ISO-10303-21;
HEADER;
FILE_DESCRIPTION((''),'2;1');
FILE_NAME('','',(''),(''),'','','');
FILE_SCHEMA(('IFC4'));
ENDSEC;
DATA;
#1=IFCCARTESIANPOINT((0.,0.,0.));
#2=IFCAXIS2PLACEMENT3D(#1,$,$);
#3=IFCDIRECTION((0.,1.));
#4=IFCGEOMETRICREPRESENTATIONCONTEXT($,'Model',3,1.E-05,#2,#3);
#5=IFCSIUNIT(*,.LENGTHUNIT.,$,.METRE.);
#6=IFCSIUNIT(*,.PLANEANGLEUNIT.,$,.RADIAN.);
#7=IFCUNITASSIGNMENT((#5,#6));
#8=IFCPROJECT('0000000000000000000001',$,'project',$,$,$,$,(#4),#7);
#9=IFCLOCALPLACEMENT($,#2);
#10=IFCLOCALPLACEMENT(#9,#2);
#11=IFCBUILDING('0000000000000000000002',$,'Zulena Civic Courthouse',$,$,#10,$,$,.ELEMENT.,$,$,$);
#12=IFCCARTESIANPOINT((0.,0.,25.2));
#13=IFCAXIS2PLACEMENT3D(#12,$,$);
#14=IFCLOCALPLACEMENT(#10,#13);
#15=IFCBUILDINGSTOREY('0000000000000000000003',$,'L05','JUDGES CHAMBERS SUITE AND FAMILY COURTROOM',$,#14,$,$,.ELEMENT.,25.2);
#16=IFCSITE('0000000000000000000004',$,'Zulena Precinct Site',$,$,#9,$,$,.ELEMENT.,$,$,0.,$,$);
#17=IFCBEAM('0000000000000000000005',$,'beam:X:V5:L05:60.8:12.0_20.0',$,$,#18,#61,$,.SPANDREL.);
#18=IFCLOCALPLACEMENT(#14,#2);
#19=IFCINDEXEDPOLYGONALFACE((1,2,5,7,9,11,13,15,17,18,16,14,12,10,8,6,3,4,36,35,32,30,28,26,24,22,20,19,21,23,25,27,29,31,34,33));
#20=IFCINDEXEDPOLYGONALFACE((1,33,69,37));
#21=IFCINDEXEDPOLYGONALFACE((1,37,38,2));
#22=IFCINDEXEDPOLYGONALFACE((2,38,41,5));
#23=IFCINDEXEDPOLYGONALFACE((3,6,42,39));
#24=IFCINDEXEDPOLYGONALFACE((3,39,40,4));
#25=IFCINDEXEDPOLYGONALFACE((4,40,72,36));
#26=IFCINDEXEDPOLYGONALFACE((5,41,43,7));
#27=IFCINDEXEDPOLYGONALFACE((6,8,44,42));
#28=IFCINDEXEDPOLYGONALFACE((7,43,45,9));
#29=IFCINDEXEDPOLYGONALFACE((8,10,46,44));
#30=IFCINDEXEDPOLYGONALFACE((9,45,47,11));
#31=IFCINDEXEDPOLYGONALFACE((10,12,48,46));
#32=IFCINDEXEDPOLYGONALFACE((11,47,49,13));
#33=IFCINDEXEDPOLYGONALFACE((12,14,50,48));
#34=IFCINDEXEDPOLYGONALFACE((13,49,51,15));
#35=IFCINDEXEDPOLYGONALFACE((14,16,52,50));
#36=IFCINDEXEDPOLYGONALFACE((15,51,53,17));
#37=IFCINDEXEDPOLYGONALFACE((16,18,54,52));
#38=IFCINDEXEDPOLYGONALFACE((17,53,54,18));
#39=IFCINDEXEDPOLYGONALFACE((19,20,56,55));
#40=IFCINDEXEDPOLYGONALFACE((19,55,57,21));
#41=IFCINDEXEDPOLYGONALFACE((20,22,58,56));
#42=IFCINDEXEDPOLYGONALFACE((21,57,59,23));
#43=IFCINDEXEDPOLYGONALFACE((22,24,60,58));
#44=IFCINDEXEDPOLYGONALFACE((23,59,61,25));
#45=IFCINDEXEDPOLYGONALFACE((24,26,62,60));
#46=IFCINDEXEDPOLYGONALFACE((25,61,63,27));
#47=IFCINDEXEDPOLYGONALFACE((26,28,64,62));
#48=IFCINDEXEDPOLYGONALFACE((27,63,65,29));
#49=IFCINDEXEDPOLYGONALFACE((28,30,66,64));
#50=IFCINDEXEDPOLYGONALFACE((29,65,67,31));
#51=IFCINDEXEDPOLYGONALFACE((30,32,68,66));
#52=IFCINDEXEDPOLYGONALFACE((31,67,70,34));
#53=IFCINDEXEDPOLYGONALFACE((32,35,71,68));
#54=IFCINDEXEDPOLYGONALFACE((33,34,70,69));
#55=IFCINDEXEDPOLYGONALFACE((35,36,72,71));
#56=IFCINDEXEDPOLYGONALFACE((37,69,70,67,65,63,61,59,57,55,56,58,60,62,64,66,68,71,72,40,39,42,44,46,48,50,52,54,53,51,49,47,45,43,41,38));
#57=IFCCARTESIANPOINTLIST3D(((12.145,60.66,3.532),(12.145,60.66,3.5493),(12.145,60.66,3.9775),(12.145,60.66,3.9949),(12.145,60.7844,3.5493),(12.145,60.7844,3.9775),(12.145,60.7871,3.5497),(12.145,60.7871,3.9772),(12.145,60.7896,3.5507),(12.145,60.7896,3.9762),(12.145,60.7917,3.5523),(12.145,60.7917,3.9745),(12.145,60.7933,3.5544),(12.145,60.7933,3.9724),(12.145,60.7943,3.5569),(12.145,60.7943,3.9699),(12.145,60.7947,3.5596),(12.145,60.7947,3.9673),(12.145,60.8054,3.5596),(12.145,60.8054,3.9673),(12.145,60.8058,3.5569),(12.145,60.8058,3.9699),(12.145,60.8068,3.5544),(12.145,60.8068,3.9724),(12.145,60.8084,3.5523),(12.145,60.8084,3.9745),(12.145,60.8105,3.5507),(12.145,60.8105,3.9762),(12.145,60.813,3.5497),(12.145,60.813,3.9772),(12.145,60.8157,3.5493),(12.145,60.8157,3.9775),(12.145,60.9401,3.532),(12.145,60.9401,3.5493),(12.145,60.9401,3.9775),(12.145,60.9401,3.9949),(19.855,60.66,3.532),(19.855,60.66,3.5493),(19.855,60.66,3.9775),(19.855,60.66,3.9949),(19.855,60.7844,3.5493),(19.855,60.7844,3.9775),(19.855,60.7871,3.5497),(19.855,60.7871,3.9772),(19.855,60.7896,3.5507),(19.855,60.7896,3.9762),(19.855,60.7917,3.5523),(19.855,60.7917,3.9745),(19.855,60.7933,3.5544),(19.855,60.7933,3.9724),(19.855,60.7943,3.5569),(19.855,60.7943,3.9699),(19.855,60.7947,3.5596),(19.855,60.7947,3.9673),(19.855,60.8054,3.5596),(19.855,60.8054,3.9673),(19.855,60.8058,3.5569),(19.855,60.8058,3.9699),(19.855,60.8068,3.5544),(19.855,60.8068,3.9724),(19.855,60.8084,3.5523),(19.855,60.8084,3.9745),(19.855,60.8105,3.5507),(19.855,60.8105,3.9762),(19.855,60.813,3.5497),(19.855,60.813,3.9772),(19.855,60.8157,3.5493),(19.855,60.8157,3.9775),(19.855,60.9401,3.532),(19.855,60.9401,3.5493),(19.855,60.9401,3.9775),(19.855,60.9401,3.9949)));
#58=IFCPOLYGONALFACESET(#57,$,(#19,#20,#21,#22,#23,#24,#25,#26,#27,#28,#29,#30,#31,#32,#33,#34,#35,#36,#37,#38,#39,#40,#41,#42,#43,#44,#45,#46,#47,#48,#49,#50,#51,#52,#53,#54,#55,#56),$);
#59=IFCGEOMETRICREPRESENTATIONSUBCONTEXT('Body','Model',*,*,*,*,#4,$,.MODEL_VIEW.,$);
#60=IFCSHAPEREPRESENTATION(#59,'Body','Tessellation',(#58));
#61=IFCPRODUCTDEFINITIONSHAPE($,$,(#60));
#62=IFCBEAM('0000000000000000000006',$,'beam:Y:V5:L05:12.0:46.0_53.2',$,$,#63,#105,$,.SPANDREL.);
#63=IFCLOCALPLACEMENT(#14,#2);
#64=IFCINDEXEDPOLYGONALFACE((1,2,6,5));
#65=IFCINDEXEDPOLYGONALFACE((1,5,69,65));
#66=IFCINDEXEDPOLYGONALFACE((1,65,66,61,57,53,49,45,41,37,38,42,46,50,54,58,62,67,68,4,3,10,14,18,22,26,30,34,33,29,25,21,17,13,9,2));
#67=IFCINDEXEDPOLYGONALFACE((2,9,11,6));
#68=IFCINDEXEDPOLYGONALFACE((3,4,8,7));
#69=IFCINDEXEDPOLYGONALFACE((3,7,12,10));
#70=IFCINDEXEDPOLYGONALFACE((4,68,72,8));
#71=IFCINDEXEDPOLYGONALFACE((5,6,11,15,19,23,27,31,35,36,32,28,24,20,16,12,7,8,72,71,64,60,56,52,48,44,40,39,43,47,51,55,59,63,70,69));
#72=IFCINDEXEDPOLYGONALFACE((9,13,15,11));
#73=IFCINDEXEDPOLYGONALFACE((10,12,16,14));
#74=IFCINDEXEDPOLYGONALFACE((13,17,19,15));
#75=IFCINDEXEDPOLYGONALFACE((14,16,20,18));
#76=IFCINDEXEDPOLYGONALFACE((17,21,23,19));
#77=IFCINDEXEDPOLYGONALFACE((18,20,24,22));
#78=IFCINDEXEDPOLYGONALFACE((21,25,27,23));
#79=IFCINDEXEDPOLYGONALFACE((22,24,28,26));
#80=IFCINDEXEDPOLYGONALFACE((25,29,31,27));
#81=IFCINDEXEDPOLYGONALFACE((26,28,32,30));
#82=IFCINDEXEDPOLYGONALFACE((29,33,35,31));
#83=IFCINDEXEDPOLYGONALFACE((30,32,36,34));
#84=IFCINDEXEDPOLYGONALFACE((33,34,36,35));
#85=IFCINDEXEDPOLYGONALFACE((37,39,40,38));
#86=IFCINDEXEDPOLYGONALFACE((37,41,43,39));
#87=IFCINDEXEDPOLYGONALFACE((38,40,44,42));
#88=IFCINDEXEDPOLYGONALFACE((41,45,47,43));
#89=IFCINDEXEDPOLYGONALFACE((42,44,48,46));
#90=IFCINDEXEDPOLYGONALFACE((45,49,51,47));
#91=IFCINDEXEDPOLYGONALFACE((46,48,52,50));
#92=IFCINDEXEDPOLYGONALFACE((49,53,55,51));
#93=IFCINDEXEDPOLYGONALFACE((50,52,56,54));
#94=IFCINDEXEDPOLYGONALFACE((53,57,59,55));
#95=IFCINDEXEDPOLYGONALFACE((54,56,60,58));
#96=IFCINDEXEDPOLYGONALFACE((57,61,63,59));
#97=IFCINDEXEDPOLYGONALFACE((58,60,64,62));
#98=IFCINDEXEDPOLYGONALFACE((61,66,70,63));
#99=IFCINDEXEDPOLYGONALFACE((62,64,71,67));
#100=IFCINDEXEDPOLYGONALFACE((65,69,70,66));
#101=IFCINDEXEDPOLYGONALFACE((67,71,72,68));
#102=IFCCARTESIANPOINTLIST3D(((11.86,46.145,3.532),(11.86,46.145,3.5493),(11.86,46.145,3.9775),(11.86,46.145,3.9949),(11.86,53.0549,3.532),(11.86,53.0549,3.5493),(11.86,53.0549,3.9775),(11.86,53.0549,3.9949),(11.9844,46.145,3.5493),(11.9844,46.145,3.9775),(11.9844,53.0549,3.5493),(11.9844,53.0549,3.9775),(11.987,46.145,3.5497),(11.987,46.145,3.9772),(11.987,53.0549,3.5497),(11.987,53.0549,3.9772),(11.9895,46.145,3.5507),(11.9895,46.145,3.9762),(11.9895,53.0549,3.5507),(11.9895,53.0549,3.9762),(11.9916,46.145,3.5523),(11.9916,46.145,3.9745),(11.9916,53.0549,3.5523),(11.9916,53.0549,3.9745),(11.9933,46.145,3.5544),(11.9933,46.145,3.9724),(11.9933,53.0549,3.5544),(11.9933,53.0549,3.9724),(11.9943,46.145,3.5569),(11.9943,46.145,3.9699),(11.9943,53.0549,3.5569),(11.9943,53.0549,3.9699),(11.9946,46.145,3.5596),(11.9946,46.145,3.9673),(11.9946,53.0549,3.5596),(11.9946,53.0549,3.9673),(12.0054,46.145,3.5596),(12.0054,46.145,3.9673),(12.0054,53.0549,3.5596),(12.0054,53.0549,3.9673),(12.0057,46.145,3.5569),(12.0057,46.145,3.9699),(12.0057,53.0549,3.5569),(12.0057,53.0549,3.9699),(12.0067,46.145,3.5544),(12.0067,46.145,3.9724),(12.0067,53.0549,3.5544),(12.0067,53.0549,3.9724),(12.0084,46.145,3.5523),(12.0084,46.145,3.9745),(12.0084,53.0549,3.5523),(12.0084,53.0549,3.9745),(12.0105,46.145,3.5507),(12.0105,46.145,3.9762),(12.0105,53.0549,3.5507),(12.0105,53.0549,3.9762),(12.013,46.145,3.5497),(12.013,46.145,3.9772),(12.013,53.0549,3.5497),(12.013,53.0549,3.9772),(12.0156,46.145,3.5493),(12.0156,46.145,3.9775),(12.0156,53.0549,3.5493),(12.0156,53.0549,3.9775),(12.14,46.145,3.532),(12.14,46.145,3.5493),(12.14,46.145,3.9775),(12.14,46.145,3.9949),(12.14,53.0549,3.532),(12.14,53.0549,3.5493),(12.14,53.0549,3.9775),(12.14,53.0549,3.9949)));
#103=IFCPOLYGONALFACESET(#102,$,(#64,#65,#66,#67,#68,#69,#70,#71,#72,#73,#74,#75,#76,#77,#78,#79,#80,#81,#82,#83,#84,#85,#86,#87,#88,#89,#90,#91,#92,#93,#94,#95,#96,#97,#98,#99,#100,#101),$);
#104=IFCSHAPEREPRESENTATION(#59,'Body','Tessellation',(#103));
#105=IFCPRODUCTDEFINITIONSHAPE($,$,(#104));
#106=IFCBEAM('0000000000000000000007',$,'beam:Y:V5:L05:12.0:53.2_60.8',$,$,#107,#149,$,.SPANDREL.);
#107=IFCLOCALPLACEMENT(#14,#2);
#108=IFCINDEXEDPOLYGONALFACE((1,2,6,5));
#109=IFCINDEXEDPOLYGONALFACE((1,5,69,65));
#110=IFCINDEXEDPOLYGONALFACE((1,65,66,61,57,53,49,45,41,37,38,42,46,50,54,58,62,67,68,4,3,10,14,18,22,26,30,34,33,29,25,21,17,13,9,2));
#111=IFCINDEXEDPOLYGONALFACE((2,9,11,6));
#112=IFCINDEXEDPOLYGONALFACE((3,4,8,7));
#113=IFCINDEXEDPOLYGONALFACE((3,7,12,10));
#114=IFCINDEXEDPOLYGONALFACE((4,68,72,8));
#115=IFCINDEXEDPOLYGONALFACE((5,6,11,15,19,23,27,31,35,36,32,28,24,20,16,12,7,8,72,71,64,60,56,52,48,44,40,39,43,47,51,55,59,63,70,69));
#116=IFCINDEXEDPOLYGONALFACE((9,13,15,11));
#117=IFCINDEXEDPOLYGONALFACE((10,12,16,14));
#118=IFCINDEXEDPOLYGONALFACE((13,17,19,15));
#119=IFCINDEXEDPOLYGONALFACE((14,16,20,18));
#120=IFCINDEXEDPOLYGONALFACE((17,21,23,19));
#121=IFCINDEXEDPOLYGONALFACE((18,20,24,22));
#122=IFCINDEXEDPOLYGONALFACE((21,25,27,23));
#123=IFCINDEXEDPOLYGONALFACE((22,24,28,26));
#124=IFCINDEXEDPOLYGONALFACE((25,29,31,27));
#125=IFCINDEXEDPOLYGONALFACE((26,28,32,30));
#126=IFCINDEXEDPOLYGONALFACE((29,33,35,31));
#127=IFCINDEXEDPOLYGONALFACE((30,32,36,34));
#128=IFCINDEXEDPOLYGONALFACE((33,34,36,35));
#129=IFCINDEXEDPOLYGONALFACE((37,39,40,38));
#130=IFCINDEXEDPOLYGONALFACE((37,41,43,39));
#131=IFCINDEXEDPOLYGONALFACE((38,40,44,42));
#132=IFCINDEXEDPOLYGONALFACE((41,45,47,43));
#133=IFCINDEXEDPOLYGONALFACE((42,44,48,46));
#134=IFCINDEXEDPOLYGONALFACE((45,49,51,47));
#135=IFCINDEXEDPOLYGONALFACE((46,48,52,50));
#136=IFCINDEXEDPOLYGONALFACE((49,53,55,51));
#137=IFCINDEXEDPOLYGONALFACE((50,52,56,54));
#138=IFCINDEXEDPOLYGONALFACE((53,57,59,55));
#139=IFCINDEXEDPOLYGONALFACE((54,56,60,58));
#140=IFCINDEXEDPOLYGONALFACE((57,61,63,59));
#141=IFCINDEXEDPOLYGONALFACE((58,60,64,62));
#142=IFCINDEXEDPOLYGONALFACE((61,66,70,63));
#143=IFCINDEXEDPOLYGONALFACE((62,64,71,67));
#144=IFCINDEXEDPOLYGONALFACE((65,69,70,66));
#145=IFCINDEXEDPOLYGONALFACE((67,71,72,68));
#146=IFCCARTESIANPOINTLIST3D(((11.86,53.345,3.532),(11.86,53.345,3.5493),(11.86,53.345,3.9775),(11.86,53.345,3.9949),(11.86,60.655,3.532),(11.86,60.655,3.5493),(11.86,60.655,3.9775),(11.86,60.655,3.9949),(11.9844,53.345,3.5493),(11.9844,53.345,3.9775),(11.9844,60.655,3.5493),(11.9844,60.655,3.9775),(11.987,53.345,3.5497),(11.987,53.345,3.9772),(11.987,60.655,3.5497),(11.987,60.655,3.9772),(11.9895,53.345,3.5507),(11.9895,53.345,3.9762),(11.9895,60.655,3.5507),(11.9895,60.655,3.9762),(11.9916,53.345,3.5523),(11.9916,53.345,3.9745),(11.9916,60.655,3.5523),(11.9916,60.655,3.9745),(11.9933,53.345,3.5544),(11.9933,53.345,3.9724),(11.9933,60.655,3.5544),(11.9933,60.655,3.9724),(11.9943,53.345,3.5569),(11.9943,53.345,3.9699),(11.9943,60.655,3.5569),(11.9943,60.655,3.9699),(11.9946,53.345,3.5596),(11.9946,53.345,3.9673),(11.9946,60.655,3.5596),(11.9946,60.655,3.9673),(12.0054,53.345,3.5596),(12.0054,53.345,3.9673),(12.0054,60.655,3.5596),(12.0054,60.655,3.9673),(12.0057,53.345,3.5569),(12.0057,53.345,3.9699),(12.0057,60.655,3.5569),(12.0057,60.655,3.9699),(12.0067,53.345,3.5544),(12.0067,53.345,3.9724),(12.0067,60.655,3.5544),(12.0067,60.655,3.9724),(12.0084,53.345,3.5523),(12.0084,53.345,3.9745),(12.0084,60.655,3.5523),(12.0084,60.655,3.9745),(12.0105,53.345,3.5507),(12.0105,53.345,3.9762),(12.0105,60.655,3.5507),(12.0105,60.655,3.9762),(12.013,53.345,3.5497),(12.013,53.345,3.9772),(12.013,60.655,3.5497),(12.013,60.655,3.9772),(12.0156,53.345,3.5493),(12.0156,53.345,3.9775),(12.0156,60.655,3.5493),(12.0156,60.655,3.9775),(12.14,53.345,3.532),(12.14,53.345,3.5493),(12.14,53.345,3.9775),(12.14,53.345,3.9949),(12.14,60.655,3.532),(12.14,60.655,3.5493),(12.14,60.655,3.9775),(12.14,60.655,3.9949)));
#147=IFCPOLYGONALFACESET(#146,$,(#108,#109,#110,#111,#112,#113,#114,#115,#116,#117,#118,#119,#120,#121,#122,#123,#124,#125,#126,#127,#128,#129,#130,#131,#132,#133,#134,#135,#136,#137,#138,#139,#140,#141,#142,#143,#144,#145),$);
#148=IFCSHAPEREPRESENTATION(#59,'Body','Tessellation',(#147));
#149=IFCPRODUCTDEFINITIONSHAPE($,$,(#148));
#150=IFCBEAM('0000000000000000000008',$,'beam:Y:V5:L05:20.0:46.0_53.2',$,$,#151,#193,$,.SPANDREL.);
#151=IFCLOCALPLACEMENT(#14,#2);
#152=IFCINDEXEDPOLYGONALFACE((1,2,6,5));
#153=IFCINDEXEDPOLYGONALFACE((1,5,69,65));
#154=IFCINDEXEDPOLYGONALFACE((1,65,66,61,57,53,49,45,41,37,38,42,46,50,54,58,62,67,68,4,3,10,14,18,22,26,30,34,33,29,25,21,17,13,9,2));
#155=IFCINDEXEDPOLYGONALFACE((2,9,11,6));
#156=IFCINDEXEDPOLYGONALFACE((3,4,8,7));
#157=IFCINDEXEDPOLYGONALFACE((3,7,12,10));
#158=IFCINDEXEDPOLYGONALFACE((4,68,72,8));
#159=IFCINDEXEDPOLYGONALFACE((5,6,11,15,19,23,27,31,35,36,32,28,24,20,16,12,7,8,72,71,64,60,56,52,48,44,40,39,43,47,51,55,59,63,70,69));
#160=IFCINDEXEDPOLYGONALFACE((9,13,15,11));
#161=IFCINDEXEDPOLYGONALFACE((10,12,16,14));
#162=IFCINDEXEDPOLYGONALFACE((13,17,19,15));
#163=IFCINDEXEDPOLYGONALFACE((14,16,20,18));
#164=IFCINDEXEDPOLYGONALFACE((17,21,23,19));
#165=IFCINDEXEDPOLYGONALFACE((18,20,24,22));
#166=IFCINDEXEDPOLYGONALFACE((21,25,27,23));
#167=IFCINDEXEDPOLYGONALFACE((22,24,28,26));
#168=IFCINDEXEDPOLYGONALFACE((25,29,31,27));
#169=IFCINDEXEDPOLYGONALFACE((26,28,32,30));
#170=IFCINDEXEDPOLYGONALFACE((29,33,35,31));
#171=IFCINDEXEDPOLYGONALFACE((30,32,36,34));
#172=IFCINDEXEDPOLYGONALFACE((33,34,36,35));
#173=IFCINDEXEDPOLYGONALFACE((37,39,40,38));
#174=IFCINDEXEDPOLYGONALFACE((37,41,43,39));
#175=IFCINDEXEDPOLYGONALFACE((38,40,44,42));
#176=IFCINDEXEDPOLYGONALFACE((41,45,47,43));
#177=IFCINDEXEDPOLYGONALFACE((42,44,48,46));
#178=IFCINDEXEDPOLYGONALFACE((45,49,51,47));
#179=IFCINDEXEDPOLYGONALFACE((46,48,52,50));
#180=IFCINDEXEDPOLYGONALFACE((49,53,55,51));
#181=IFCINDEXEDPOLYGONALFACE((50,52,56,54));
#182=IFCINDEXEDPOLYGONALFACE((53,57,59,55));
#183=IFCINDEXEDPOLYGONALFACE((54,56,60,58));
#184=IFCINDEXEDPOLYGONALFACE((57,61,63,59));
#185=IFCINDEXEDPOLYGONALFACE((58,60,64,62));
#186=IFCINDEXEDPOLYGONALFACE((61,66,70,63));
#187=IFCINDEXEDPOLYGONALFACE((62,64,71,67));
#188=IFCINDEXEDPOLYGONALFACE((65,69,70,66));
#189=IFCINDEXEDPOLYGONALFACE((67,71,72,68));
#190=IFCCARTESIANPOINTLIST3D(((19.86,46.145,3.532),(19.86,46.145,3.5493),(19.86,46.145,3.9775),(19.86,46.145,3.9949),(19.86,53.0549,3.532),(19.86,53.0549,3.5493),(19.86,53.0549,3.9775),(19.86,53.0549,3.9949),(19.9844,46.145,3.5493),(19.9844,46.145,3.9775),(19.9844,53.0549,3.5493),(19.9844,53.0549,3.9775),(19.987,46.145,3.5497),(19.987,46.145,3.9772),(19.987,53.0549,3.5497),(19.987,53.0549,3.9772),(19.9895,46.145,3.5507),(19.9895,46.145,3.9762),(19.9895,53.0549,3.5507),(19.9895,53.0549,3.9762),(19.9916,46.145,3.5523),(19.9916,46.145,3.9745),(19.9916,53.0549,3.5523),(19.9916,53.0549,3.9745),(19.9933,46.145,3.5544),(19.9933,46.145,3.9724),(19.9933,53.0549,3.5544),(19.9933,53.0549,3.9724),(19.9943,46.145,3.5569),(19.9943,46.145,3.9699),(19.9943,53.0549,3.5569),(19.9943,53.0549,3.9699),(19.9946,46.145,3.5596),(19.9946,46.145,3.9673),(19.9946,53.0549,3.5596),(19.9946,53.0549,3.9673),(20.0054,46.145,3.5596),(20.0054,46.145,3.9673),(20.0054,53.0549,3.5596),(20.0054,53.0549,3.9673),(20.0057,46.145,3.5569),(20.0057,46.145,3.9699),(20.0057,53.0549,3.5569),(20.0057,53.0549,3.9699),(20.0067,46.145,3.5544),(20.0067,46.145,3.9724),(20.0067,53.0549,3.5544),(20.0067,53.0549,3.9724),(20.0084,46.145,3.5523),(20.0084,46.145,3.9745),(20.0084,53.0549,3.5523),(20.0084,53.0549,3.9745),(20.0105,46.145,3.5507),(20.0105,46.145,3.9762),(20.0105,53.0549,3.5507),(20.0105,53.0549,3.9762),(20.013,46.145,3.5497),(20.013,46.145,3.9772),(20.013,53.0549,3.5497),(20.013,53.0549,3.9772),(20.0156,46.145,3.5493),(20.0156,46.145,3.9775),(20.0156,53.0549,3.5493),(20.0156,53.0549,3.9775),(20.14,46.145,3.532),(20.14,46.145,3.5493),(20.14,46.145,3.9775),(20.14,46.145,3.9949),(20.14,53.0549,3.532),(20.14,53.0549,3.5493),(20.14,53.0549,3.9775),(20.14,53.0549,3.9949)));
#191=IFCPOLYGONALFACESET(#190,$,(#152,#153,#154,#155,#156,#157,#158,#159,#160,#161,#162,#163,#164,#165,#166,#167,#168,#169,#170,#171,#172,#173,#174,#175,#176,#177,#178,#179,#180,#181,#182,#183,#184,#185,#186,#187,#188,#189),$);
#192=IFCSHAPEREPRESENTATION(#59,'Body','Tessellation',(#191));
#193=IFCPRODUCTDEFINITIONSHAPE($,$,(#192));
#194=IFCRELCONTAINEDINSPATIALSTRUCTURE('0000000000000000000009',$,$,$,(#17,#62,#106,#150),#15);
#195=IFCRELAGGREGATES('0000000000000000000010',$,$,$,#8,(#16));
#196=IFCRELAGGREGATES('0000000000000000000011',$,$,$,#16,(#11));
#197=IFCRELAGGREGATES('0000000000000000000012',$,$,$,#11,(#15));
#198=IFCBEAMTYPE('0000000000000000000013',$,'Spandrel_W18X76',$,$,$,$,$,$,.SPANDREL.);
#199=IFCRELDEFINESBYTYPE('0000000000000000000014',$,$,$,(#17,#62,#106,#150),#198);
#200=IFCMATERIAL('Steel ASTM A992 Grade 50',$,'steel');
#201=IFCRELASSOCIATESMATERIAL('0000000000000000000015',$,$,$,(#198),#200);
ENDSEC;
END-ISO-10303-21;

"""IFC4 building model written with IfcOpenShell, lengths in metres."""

from ifc_helpers import new_model, si_unit, direction, frame, origin, origin_2d, place, context, subcontext, project, spatial, i_section, extrude, material, material_profile, profile_set, type_object, element, save


model = new_model("IFC4")

# Units and contexts
model_context = context("Model", 3, precision=1e-05, world=origin(), true_north=direction((0.0, 1.0)))
body_context = subcontext(model_context, "Body", "Model", "MODEL_VIEW")
ifc_project = project(units=[si_unit("LENGTHUNIT", "METRE"), si_unit("PLANEANGLEUNIT", "RADIAN")], contexts=[model_context])

# Site, building, storey
site_placement = place(None, origin())
site = spatial("IfcSite", under=ifc_project, at=site_placement, Name="Zulena Precinct Site", CompositionType="ELEMENT", RefElevation=0.0)
building_placement = place(site_placement, origin())
building = spatial("IfcBuilding", under=site, at=building_placement, Name="Zulena Civic Courthouse", CompositionType="ELEMENT")
storey_placement = place(building_placement, frame((0.0, 0.0, 25.2)))
storey = spatial("IfcBuildingStorey", under=building, at=storey_placement, Name="L05", Description="JUDGES CHAMBERS SUITE AND FAMILY COURTROOM", CompositionType="ELEMENT", Elevation=25.2)

# Shared definitions
ifc_material_1 = material(Name="Steel ASTM A992 Grade 50", Category="steel")

# Beams
ifc_material_profile_1 = material_profile(ifc_material_1, i_section(OverallWidth=0.28, OverallDepth=0.4629, WebThickness=0.0107, FlangeThickness=0.0173, FilletRadius=0.0103, at=origin_2d()), Name="W18X76")
ifc_profile_set_1 = profile_set([ifc_material_profile_1], Name="Steel ASTM A992 Grade 50")
beam_type_1 = type_object("IfcBeamType", Name="Spandrel_W18X76", PredefinedType="SPANDREL", material=ifc_profile_set_1)
for number, where, z_axis, x_axis, name in (
    (1, (12.145, 60.8, 3.7634), (1.0, 0.0, 0.0), (0.0, 1.0, 0.0), "beam:X:V5:L05:60.8:12.0_20.0"),
):
    element("IfcBeam", number, at=place(storey_placement, frame(where, z_axis=z_axis, x_axis=x_axis)), inside=storey, type_object=beam_type_1, Name=name, PredefinedType="SPANDREL", context=body_context, shape_type="SweptSolid", body=[
        extrude(i_section(OverallWidth=0.28, OverallDepth=0.4629, WebThickness=0.0107, FlangeThickness=0.0173, FilletRadius=0.0103, at=origin_2d()), origin(), (0.0, 0.0, 1.0), 7.71),
    ])
beam_1_placement = place(storey_placement, frame((12.0, 46.145, 3.7634), z_axis=(0.0, 1.0, 0.0), x_axis=(-1.0, 0.0, 0.0)))
element("IfcBeam", 2, at=beam_1_placement, inside=storey, type_object=beam_type_1, Name="beam:Y:V5:L05:12.0:46.0_53.2", PredefinedType="SPANDREL", context=body_context, shape_type="SweptSolid", body=[
    extrude(i_section(OverallWidth=0.28, OverallDepth=0.4629, WebThickness=0.0107, FlangeThickness=0.0173, FilletRadius=0.0103, at=origin_2d()), origin(), (0.0, 0.0, 1.0), 6.9099),
])
beam_2_placement = place(storey_placement, frame((12.0, 53.345, 3.7634), z_axis=(0.0, 1.0, 0.0), x_axis=(-1.0, 0.0, 0.0)))
element("IfcBeam", 3, at=beam_2_placement, inside=storey, type_object=beam_type_1, Name="beam:Y:V5:L05:12.0:53.2_60.8", PredefinedType="SPANDREL", context=body_context, shape_type="SweptSolid", body=[
    extrude(i_section(OverallWidth=0.28, OverallDepth=0.4629, WebThickness=0.0107, FlangeThickness=0.0173, FilletRadius=0.0103, at=origin_2d()), origin(), (0.0, 0.0, 1.0), 7.3101),
])
beam_3_placement = place(storey_placement, frame((20.0, 46.145, 3.7634), z_axis=(0.0, 1.0, 0.0), x_axis=(-1.0, 0.0, 0.0)))
element("IfcBeam", 4, at=beam_3_placement, inside=storey, type_object=beam_type_1, Name="beam:Y:V5:L05:20.0:46.0_53.2", PredefinedType="SPANDREL", context=body_context, shape_type="SweptSolid", body=[
    extrude(i_section(OverallWidth=0.28, OverallDepth=0.4629, WebThickness=0.0107, FlangeThickness=0.0173, FilletRadius=0.0103, at=origin_2d()), origin(), (0.0, 0.0, 1.0), 6.9099),
])

save(model, "model.ifc")
